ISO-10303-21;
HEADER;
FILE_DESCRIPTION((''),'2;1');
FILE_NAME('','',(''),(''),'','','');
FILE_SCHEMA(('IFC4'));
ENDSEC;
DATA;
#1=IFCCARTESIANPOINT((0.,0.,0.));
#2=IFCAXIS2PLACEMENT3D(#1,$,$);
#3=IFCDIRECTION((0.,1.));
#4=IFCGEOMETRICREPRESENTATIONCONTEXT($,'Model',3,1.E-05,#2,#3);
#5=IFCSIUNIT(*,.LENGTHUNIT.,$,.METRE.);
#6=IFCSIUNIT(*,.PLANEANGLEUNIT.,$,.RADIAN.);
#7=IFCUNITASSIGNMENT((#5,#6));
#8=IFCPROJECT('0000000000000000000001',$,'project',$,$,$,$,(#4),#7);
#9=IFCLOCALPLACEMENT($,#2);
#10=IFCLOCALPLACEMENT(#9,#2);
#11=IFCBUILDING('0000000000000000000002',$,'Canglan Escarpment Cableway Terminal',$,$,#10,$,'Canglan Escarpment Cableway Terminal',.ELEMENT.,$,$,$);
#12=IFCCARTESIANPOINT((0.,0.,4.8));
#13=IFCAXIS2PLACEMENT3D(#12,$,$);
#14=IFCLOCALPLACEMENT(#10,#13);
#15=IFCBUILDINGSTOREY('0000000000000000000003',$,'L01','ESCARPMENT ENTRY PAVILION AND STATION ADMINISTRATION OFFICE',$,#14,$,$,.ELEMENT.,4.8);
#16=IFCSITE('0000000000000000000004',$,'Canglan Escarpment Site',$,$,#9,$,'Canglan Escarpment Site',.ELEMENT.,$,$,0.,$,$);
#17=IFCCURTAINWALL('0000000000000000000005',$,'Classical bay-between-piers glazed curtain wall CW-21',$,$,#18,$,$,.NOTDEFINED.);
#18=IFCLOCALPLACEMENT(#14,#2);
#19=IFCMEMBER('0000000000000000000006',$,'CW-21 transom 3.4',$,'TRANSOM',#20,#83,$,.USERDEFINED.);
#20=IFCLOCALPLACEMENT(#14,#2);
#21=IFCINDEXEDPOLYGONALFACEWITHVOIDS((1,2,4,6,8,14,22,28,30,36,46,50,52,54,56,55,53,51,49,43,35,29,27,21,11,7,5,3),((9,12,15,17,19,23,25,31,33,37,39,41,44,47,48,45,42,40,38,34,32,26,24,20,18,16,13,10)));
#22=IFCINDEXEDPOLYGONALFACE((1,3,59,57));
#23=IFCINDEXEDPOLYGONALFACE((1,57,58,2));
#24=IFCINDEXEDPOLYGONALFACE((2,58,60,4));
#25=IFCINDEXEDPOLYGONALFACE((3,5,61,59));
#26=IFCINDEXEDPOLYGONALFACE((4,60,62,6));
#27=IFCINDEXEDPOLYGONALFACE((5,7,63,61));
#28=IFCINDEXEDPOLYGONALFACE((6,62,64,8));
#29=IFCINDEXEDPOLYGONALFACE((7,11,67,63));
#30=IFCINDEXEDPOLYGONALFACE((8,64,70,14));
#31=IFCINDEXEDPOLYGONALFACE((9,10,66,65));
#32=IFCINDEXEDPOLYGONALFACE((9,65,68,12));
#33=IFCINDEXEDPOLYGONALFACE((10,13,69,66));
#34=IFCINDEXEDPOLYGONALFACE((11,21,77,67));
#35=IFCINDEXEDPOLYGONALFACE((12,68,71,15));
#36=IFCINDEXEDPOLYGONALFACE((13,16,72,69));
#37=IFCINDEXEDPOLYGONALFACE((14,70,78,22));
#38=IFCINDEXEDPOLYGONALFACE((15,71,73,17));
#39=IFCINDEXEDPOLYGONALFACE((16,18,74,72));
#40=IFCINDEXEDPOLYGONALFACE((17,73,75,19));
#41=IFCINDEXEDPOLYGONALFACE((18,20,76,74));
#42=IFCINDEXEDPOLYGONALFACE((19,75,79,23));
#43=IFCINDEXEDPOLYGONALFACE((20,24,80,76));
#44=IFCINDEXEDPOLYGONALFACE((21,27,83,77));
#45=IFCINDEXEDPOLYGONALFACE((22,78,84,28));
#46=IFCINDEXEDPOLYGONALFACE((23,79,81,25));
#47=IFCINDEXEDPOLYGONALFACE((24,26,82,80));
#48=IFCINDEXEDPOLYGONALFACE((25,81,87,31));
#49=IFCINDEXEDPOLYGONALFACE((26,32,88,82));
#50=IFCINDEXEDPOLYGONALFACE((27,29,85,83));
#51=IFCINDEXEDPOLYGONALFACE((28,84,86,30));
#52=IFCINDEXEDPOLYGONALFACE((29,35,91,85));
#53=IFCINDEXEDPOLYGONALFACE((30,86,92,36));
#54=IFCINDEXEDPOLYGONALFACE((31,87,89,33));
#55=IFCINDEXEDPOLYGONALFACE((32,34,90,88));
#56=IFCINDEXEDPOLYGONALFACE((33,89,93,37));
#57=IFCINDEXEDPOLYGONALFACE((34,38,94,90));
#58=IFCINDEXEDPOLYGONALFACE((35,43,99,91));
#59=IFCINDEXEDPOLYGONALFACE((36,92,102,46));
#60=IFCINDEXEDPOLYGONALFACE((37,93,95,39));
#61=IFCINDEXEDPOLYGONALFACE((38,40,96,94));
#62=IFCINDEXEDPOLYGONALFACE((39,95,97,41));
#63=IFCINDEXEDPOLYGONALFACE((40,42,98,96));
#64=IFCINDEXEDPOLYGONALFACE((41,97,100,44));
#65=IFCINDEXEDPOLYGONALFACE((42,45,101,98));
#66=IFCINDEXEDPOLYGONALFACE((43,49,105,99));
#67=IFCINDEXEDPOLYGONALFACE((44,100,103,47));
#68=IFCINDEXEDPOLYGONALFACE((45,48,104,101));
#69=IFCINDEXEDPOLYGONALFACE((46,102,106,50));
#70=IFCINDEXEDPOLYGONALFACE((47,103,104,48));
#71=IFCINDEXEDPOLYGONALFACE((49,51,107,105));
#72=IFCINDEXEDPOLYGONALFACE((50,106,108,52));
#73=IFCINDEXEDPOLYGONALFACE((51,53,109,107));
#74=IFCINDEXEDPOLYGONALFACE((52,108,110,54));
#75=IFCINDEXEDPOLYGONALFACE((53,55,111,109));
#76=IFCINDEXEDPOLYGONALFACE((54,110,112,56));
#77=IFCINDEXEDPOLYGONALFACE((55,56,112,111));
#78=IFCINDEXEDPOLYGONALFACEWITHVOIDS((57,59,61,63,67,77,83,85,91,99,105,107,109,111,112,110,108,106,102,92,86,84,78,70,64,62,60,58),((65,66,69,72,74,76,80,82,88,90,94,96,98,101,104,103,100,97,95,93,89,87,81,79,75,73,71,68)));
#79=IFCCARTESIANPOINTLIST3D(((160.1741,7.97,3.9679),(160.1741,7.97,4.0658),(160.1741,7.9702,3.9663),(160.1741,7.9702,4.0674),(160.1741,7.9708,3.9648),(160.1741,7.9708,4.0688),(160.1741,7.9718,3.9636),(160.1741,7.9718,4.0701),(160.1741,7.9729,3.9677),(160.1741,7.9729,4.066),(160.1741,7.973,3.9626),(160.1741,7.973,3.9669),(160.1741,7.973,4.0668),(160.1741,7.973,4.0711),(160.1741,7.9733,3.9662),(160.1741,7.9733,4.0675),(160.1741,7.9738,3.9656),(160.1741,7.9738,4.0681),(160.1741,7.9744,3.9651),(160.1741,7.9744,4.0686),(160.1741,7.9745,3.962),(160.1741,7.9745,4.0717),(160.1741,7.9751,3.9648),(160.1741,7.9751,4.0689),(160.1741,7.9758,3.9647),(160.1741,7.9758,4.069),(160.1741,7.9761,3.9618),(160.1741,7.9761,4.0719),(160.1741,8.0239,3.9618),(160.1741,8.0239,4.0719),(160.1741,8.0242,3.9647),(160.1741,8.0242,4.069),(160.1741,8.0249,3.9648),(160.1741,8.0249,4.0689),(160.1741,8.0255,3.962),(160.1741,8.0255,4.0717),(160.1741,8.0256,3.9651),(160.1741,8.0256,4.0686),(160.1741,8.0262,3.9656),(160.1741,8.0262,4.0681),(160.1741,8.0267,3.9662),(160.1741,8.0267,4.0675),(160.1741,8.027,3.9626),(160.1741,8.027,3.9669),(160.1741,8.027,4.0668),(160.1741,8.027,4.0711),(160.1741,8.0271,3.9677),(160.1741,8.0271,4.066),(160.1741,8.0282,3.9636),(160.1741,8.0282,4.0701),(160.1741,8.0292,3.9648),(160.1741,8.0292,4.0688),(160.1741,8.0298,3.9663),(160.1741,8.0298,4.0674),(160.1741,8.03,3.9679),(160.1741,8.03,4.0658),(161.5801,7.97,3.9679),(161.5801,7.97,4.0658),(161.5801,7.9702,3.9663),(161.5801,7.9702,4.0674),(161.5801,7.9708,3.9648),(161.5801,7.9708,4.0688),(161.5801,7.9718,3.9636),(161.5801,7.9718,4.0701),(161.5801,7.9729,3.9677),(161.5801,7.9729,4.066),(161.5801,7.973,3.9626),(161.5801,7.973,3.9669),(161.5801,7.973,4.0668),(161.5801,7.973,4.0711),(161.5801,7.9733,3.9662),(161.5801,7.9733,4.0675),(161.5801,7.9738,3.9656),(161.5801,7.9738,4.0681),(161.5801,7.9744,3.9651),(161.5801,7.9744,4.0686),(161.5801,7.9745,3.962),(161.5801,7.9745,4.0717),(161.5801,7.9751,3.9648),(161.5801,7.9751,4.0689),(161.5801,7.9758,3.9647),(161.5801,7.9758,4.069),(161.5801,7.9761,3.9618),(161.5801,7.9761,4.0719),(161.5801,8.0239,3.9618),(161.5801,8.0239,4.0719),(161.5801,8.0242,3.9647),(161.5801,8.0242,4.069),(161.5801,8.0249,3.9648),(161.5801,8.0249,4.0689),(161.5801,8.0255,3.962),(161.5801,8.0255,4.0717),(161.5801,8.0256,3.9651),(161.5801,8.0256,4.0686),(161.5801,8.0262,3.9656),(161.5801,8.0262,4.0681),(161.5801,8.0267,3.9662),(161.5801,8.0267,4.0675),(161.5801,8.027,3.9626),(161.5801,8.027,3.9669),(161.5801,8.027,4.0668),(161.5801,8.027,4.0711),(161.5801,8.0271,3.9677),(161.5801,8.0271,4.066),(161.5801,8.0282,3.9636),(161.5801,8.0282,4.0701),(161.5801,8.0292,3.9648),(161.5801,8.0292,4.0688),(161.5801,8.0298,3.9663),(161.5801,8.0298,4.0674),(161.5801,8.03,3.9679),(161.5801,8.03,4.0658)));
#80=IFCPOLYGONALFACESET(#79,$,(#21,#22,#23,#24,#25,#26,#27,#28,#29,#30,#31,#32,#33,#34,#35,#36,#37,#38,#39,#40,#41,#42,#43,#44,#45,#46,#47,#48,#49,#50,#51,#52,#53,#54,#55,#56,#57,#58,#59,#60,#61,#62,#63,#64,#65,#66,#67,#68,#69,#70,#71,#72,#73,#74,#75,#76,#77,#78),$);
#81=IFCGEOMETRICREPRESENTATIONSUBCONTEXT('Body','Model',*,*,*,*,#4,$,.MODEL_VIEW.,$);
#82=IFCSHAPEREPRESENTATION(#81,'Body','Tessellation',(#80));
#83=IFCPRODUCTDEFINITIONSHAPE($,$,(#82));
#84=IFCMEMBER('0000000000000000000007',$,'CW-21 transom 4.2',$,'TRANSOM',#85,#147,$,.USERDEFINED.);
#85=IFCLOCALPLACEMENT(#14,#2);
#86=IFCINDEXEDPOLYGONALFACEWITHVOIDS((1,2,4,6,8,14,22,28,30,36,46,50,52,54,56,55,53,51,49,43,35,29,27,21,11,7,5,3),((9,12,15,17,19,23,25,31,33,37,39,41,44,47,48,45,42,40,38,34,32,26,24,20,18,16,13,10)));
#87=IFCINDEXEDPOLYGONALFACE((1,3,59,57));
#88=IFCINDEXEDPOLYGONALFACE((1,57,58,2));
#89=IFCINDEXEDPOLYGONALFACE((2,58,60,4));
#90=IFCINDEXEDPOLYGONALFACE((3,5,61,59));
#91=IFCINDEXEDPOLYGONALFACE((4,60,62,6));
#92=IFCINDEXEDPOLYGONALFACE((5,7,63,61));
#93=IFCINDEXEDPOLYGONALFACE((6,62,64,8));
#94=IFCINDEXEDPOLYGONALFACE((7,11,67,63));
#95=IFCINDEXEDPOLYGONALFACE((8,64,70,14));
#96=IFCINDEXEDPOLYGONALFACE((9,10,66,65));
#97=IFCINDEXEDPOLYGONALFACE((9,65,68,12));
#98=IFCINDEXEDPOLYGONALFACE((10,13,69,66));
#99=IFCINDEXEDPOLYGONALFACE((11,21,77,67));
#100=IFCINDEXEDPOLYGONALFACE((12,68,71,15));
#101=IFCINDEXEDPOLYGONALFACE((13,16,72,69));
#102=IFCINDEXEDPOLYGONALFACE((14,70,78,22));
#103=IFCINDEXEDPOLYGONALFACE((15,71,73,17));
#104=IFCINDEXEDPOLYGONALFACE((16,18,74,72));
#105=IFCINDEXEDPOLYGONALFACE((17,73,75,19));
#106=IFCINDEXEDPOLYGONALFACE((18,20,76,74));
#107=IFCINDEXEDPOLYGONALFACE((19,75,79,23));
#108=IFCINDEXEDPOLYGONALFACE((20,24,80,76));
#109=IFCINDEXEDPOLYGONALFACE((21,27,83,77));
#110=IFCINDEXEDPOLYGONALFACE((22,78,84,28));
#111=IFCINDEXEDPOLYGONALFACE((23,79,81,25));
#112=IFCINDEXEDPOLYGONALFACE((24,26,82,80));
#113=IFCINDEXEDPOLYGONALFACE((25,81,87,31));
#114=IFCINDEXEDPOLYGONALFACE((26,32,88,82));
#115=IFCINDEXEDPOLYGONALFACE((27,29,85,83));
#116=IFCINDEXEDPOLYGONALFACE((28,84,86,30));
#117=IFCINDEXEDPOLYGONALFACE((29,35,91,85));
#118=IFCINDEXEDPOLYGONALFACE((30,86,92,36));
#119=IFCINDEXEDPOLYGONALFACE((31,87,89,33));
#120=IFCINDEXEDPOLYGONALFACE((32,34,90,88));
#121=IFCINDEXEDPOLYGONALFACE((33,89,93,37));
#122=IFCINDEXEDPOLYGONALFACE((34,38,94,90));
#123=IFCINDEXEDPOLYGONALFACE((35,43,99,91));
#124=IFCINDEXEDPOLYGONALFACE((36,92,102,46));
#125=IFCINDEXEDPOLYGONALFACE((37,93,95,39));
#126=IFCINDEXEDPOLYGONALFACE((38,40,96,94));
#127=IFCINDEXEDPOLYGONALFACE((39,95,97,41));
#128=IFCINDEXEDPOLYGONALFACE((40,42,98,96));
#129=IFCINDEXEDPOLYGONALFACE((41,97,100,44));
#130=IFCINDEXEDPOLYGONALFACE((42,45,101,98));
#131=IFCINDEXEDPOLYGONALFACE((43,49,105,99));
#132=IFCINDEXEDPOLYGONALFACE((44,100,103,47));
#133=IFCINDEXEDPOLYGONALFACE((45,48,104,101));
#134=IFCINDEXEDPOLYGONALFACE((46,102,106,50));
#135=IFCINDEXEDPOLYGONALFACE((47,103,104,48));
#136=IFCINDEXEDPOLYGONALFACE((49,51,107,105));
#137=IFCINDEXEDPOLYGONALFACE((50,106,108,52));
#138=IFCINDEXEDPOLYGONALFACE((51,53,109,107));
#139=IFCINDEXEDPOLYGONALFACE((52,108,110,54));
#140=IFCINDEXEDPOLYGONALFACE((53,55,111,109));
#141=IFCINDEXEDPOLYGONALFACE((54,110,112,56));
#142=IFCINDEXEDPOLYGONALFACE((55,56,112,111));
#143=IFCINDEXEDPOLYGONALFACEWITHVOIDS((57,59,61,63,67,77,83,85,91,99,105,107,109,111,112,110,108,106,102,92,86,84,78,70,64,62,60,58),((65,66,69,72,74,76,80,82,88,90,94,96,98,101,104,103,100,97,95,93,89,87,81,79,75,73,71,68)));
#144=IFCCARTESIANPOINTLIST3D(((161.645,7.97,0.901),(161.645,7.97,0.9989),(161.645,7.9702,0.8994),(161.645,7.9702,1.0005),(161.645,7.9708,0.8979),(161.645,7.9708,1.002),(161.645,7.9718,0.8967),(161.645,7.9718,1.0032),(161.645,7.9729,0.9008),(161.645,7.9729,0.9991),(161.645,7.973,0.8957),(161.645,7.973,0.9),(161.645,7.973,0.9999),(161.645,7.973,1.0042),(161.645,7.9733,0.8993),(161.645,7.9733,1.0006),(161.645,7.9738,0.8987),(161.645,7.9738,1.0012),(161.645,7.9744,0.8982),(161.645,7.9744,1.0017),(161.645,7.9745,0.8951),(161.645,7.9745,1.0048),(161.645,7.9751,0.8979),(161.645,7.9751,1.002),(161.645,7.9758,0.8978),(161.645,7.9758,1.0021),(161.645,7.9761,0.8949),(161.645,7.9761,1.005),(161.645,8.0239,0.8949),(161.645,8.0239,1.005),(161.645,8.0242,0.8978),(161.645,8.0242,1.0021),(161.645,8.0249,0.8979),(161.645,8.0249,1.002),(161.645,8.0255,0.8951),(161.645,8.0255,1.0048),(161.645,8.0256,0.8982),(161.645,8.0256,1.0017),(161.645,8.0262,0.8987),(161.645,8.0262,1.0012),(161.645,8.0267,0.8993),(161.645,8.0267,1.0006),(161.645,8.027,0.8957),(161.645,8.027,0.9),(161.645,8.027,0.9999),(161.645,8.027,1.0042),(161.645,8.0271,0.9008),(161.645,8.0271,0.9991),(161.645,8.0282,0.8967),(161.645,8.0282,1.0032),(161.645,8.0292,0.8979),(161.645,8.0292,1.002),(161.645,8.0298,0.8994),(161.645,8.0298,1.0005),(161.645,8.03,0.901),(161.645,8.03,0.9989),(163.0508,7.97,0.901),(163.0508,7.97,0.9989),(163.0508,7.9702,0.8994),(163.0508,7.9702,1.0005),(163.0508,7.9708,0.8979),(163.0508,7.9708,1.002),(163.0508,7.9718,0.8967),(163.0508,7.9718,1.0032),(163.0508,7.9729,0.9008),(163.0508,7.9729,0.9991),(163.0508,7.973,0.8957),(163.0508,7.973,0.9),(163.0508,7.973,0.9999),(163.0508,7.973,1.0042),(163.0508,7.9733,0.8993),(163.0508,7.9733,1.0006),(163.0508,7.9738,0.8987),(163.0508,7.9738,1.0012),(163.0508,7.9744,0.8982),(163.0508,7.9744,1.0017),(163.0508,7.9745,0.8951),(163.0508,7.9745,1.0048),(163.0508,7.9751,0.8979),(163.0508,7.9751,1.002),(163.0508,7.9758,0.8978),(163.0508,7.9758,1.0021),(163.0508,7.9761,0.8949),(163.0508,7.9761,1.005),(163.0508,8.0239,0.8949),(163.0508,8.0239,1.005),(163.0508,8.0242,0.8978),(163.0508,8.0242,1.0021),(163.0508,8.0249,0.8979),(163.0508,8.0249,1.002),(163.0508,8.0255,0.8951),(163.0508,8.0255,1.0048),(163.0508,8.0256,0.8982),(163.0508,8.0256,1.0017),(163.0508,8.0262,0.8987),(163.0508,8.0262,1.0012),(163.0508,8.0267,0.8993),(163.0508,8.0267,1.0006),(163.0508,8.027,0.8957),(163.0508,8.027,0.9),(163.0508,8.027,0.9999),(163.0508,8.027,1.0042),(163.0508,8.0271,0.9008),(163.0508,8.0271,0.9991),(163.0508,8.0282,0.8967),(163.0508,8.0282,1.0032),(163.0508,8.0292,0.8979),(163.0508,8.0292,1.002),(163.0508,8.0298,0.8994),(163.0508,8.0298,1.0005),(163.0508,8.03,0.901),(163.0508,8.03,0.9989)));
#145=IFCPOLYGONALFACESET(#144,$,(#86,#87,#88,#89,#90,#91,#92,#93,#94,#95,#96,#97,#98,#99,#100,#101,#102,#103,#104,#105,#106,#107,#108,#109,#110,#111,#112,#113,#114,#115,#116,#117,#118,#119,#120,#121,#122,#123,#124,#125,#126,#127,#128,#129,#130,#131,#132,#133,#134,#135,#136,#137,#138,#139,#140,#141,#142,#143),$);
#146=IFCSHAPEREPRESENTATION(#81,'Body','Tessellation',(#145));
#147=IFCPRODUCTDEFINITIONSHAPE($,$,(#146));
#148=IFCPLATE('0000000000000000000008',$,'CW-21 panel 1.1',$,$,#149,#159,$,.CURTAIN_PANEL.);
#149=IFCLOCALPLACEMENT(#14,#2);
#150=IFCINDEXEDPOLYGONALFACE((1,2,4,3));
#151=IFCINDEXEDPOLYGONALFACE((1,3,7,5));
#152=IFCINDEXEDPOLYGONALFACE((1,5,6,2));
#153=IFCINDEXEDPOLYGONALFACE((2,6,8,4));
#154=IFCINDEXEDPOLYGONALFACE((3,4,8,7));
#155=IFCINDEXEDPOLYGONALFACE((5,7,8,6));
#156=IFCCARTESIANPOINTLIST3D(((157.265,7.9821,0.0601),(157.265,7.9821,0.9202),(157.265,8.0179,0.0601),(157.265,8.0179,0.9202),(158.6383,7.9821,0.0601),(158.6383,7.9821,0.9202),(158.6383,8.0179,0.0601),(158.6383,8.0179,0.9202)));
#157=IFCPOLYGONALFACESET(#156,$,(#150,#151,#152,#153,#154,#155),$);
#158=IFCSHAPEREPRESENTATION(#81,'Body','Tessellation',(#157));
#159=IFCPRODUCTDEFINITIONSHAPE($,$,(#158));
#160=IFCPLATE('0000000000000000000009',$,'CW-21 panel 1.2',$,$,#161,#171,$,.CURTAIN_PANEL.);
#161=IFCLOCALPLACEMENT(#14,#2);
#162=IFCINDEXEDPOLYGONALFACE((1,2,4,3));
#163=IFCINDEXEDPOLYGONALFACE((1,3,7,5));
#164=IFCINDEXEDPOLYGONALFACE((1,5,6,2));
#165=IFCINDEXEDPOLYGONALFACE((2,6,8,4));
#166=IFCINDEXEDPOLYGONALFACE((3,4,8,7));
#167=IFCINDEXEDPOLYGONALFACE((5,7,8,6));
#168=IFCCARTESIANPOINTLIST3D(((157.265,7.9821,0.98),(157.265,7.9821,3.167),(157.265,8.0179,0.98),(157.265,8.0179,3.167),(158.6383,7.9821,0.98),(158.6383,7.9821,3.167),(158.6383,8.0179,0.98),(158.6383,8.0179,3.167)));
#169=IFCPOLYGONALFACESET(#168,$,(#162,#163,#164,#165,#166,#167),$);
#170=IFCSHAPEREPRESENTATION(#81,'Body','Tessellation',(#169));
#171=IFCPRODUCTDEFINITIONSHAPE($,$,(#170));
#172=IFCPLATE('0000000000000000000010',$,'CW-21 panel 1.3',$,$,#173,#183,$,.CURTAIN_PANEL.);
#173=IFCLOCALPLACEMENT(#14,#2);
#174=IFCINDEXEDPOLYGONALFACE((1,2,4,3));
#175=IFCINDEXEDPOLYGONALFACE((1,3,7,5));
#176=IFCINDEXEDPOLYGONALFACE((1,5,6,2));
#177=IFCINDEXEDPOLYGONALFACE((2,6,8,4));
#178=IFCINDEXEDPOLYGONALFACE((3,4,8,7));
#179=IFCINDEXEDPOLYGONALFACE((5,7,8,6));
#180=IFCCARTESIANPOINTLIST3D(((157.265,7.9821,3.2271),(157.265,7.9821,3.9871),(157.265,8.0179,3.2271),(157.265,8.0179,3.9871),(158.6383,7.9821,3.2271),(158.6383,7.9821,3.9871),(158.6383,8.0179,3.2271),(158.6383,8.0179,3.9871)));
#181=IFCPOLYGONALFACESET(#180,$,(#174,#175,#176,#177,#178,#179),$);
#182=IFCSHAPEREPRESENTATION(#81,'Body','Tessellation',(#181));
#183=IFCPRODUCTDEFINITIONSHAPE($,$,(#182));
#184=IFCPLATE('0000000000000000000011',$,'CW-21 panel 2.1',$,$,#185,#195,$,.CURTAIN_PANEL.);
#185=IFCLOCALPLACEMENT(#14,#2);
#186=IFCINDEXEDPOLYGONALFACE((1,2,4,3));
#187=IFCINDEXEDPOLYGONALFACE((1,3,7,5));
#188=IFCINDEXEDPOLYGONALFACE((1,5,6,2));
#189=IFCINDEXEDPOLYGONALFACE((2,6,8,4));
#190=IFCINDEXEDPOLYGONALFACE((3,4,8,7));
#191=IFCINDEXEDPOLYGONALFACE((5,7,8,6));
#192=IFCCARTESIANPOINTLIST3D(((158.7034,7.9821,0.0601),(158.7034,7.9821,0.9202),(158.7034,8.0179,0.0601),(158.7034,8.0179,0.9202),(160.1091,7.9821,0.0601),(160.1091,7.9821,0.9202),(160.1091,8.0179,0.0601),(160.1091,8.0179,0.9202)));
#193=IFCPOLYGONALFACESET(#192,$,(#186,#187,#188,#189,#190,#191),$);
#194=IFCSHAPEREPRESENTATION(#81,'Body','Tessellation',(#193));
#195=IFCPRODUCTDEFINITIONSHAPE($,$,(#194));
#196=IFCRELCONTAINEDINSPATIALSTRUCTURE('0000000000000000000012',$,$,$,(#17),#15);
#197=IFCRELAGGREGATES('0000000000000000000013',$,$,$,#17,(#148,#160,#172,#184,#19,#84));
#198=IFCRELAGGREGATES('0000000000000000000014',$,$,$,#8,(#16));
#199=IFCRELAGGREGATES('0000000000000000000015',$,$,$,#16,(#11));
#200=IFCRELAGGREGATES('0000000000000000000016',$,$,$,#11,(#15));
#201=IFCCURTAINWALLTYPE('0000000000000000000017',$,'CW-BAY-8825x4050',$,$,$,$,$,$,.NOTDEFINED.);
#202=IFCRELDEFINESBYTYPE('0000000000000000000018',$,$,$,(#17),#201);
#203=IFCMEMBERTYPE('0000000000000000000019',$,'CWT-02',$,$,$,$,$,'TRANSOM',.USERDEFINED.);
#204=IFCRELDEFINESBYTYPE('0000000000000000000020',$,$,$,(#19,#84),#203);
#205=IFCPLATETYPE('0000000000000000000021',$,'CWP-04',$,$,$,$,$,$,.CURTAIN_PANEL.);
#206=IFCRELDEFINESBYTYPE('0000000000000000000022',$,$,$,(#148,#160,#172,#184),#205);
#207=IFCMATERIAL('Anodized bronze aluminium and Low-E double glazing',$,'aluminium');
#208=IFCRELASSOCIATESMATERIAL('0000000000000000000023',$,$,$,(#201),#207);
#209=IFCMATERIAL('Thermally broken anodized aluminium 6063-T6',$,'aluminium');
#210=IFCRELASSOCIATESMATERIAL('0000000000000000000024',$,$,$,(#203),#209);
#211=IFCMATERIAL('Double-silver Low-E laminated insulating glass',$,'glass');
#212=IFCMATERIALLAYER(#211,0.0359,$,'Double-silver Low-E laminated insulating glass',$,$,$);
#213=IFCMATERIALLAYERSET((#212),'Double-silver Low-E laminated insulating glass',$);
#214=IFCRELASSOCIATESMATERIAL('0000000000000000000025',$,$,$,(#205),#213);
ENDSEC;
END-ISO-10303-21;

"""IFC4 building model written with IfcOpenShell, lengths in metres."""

from ifc_helpers import new_model, si_unit, direction, frame, origin, origin_2d, place, context, subcontext, project, spatial, rectangle, hollow_rectangle, extrude, material, layer, layer_set, material_profile, profile_set, type_object, element, aggregate, save


model = new_model("IFC4")

# Units and contexts
model_context = context("Model", 3, precision=1e-05, world=origin(), true_north=direction((0.0, 1.0)))
body_context = subcontext(model_context, "Body", "Model", "MODEL_VIEW")
ifc_project = project(units=[si_unit("LENGTHUNIT", "METRE"), si_unit("PLANEANGLEUNIT", "RADIAN")], contexts=[model_context])

# Site, building, storey
site_placement = place(None, origin())
site = spatial("IfcSite", under=ifc_project, at=site_placement, Name="Canglan Escarpment Site", LongName="Canglan Escarpment Site", CompositionType="ELEMENT", RefElevation=0.0)
building_placement = place(site_placement, origin())
building = spatial("IfcBuilding", under=site, at=building_placement, Name="Canglan Escarpment Cableway Terminal", LongName="Canglan Escarpment Cableway Terminal", CompositionType="ELEMENT")
storey_placement = place(building_placement, frame((0.0, 0.0, 4.8)))
storey = spatial("IfcBuildingStorey", under=building, at=storey_placement, Name="L01", Description="ESCARPMENT ENTRY PAVILION AND STATION ADMINISTRATION OFFICE", CompositionType="ELEMENT", Elevation=4.8)

# Curtain wall, members, plates
ifc_material_1 = material(Name="Anodized bronze aluminium and Low-E double glazing", Category="aluminium")
curtain_wall_type = type_object("IfcCurtainWallType", Name="CW-BAY-8825x4050", PredefinedType="NOTDEFINED", material=ifc_material_1)
curtain_wall_placement = place(storey_placement, origin())
curtain_wall = element("IfcCurtainWall", 1, at=curtain_wall_placement, inside=storey, type_object=curtain_wall_type, Name="Classical bay-between-piers glazed curtain wall CW-21", PredefinedType="NOTDEFINED")
ifc_material_2 = material(Name="Thermally broken anodized aluminium 6063-T6", Category="aluminium")
ifc_material_profile_1 = material_profile(ifc_material_2, hollow_rectangle(XDim=0.0601, YDim=0.1101, WallThickness=0.0029, InnerFilletRadius=0.0029, OuterFilletRadius=0.0061, at=origin_2d()), Name="ALU-TRAN 60x110x3")
ifc_profile_set_1 = profile_set([ifc_material_profile_1], Name="Thermally broken anodized aluminium 6063-T6")
member_type = type_object("IfcMemberType", Name="CWT-02", ElementType="TRANSOM", PredefinedType="USERDEFINED", material=ifc_profile_set_1)
member_1_placement = place(storey_placement, frame((160.1741, 8.0, 4.0168), z_axis=(1.0, 0.0, 0.0), x_axis=(0.0, 1.0, 0.0)))
member_1 = element("IfcMember", 2, at=member_1_placement, type_object=member_type, Name="CW-21 transom 3.4", ObjectType="TRANSOM", PredefinedType="USERDEFINED", context=body_context, shape_type="SweptSolid", body=[
    extrude(hollow_rectangle(XDim=0.0601, YDim=0.1101, WallThickness=0.0029, InnerFilletRadius=0.0029, OuterFilletRadius=0.0061, at=origin_2d()), origin(), (0.0, 0.0, 1.0), 1.406),
])
member_2_placement = place(storey_placement, frame((161.645, 8.0, 0.95), z_axis=(1.0, 0.0, 0.0), x_axis=(0.0, 1.0, 0.0)))
member_2 = element("IfcMember", 3, at=member_2_placement, type_object=member_type, Name="CW-21 transom 4.2", ObjectType="TRANSOM", PredefinedType="USERDEFINED", context=body_context, shape_type="SweptSolid", body=[
    extrude(hollow_rectangle(XDim=0.0601, YDim=0.1101, WallThickness=0.0029, InnerFilletRadius=0.0029, OuterFilletRadius=0.0061, at=origin_2d()), origin(), (0.0, 0.0, 1.0), 1.4058),
])
ifc_material_3 = material(Name="Double-silver Low-E laminated insulating glass", Category="glass")
ifc_layer = layer(ifc_material_3, 0.0359, Name="Double-silver Low-E laminated insulating glass")
ifc_layer_set = layer_set([ifc_layer], Name="Double-silver Low-E laminated insulating glass")
plate_type = type_object("IfcPlateType", Name="CWP-04", PredefinedType="CURTAIN_PANEL", material=ifc_layer_set)
plate_1_placement = place(storey_placement, frame((157.9517, 8.0, 0.0601), z_axis=(0.0, 0.0, 1.0), x_axis=(1.0, 0.0, 0.0)))
plate_1 = element("IfcPlate", 4, at=plate_1_placement, type_object=plate_type, Name="CW-21 panel 1.1", PredefinedType="CURTAIN_PANEL", context=body_context, shape_type="SweptSolid", body=[
    extrude(rectangle(XDim=1.3733, YDim=0.0359, at=origin_2d()), origin(), (0.0, 0.0, 1.0), 0.8601),
])
plate_2_placement = place(storey_placement, frame((157.9517, 8.0, 0.98), z_axis=(0.0, 0.0, 1.0), x_axis=(1.0, 0.0, 0.0)))
plate_2 = element("IfcPlate", 5, at=plate_2_placement, type_object=plate_type, Name="CW-21 panel 1.2", PredefinedType="CURTAIN_PANEL", context=body_context, shape_type="SweptSolid", body=[
    extrude(rectangle(XDim=1.3733, YDim=0.0359, at=origin_2d()), origin(), (0.0, 0.0, 1.0), 2.187),
])
plate_3_placement = place(storey_placement, frame((157.9517, 8.0, 3.2271), z_axis=(0.0, 0.0, 1.0), x_axis=(1.0, 0.0, 0.0)))
plate_3 = element("IfcPlate", 6, at=plate_3_placement, type_object=plate_type, Name="CW-21 panel 1.3", PredefinedType="CURTAIN_PANEL", context=body_context, shape_type="SweptSolid", body=[
    extrude(rectangle(XDim=1.3733, YDim=0.0359, at=origin_2d()), origin(), (0.0, 0.0, 1.0), 0.76),
])
plate_4_placement = place(storey_placement, frame((159.4062, 8.0, 0.0601), z_axis=(0.0, 0.0, 1.0), x_axis=(1.0, 0.0, 0.0)))
plate_4 = element("IfcPlate", 7, at=plate_4_placement, type_object=plate_type, Name="CW-21 panel 2.1", PredefinedType="CURTAIN_PANEL", context=body_context, shape_type="SweptSolid", body=[
    extrude(rectangle(XDim=1.4058, YDim=0.0359, at=origin_2d()), origin(), (0.0, 0.0, 1.0), 0.8601),
])
aggregate(curtain_wall, [plate_1, plate_2, plate_3, plate_4, member_1, member_2])

save(model, "model.ifc")
